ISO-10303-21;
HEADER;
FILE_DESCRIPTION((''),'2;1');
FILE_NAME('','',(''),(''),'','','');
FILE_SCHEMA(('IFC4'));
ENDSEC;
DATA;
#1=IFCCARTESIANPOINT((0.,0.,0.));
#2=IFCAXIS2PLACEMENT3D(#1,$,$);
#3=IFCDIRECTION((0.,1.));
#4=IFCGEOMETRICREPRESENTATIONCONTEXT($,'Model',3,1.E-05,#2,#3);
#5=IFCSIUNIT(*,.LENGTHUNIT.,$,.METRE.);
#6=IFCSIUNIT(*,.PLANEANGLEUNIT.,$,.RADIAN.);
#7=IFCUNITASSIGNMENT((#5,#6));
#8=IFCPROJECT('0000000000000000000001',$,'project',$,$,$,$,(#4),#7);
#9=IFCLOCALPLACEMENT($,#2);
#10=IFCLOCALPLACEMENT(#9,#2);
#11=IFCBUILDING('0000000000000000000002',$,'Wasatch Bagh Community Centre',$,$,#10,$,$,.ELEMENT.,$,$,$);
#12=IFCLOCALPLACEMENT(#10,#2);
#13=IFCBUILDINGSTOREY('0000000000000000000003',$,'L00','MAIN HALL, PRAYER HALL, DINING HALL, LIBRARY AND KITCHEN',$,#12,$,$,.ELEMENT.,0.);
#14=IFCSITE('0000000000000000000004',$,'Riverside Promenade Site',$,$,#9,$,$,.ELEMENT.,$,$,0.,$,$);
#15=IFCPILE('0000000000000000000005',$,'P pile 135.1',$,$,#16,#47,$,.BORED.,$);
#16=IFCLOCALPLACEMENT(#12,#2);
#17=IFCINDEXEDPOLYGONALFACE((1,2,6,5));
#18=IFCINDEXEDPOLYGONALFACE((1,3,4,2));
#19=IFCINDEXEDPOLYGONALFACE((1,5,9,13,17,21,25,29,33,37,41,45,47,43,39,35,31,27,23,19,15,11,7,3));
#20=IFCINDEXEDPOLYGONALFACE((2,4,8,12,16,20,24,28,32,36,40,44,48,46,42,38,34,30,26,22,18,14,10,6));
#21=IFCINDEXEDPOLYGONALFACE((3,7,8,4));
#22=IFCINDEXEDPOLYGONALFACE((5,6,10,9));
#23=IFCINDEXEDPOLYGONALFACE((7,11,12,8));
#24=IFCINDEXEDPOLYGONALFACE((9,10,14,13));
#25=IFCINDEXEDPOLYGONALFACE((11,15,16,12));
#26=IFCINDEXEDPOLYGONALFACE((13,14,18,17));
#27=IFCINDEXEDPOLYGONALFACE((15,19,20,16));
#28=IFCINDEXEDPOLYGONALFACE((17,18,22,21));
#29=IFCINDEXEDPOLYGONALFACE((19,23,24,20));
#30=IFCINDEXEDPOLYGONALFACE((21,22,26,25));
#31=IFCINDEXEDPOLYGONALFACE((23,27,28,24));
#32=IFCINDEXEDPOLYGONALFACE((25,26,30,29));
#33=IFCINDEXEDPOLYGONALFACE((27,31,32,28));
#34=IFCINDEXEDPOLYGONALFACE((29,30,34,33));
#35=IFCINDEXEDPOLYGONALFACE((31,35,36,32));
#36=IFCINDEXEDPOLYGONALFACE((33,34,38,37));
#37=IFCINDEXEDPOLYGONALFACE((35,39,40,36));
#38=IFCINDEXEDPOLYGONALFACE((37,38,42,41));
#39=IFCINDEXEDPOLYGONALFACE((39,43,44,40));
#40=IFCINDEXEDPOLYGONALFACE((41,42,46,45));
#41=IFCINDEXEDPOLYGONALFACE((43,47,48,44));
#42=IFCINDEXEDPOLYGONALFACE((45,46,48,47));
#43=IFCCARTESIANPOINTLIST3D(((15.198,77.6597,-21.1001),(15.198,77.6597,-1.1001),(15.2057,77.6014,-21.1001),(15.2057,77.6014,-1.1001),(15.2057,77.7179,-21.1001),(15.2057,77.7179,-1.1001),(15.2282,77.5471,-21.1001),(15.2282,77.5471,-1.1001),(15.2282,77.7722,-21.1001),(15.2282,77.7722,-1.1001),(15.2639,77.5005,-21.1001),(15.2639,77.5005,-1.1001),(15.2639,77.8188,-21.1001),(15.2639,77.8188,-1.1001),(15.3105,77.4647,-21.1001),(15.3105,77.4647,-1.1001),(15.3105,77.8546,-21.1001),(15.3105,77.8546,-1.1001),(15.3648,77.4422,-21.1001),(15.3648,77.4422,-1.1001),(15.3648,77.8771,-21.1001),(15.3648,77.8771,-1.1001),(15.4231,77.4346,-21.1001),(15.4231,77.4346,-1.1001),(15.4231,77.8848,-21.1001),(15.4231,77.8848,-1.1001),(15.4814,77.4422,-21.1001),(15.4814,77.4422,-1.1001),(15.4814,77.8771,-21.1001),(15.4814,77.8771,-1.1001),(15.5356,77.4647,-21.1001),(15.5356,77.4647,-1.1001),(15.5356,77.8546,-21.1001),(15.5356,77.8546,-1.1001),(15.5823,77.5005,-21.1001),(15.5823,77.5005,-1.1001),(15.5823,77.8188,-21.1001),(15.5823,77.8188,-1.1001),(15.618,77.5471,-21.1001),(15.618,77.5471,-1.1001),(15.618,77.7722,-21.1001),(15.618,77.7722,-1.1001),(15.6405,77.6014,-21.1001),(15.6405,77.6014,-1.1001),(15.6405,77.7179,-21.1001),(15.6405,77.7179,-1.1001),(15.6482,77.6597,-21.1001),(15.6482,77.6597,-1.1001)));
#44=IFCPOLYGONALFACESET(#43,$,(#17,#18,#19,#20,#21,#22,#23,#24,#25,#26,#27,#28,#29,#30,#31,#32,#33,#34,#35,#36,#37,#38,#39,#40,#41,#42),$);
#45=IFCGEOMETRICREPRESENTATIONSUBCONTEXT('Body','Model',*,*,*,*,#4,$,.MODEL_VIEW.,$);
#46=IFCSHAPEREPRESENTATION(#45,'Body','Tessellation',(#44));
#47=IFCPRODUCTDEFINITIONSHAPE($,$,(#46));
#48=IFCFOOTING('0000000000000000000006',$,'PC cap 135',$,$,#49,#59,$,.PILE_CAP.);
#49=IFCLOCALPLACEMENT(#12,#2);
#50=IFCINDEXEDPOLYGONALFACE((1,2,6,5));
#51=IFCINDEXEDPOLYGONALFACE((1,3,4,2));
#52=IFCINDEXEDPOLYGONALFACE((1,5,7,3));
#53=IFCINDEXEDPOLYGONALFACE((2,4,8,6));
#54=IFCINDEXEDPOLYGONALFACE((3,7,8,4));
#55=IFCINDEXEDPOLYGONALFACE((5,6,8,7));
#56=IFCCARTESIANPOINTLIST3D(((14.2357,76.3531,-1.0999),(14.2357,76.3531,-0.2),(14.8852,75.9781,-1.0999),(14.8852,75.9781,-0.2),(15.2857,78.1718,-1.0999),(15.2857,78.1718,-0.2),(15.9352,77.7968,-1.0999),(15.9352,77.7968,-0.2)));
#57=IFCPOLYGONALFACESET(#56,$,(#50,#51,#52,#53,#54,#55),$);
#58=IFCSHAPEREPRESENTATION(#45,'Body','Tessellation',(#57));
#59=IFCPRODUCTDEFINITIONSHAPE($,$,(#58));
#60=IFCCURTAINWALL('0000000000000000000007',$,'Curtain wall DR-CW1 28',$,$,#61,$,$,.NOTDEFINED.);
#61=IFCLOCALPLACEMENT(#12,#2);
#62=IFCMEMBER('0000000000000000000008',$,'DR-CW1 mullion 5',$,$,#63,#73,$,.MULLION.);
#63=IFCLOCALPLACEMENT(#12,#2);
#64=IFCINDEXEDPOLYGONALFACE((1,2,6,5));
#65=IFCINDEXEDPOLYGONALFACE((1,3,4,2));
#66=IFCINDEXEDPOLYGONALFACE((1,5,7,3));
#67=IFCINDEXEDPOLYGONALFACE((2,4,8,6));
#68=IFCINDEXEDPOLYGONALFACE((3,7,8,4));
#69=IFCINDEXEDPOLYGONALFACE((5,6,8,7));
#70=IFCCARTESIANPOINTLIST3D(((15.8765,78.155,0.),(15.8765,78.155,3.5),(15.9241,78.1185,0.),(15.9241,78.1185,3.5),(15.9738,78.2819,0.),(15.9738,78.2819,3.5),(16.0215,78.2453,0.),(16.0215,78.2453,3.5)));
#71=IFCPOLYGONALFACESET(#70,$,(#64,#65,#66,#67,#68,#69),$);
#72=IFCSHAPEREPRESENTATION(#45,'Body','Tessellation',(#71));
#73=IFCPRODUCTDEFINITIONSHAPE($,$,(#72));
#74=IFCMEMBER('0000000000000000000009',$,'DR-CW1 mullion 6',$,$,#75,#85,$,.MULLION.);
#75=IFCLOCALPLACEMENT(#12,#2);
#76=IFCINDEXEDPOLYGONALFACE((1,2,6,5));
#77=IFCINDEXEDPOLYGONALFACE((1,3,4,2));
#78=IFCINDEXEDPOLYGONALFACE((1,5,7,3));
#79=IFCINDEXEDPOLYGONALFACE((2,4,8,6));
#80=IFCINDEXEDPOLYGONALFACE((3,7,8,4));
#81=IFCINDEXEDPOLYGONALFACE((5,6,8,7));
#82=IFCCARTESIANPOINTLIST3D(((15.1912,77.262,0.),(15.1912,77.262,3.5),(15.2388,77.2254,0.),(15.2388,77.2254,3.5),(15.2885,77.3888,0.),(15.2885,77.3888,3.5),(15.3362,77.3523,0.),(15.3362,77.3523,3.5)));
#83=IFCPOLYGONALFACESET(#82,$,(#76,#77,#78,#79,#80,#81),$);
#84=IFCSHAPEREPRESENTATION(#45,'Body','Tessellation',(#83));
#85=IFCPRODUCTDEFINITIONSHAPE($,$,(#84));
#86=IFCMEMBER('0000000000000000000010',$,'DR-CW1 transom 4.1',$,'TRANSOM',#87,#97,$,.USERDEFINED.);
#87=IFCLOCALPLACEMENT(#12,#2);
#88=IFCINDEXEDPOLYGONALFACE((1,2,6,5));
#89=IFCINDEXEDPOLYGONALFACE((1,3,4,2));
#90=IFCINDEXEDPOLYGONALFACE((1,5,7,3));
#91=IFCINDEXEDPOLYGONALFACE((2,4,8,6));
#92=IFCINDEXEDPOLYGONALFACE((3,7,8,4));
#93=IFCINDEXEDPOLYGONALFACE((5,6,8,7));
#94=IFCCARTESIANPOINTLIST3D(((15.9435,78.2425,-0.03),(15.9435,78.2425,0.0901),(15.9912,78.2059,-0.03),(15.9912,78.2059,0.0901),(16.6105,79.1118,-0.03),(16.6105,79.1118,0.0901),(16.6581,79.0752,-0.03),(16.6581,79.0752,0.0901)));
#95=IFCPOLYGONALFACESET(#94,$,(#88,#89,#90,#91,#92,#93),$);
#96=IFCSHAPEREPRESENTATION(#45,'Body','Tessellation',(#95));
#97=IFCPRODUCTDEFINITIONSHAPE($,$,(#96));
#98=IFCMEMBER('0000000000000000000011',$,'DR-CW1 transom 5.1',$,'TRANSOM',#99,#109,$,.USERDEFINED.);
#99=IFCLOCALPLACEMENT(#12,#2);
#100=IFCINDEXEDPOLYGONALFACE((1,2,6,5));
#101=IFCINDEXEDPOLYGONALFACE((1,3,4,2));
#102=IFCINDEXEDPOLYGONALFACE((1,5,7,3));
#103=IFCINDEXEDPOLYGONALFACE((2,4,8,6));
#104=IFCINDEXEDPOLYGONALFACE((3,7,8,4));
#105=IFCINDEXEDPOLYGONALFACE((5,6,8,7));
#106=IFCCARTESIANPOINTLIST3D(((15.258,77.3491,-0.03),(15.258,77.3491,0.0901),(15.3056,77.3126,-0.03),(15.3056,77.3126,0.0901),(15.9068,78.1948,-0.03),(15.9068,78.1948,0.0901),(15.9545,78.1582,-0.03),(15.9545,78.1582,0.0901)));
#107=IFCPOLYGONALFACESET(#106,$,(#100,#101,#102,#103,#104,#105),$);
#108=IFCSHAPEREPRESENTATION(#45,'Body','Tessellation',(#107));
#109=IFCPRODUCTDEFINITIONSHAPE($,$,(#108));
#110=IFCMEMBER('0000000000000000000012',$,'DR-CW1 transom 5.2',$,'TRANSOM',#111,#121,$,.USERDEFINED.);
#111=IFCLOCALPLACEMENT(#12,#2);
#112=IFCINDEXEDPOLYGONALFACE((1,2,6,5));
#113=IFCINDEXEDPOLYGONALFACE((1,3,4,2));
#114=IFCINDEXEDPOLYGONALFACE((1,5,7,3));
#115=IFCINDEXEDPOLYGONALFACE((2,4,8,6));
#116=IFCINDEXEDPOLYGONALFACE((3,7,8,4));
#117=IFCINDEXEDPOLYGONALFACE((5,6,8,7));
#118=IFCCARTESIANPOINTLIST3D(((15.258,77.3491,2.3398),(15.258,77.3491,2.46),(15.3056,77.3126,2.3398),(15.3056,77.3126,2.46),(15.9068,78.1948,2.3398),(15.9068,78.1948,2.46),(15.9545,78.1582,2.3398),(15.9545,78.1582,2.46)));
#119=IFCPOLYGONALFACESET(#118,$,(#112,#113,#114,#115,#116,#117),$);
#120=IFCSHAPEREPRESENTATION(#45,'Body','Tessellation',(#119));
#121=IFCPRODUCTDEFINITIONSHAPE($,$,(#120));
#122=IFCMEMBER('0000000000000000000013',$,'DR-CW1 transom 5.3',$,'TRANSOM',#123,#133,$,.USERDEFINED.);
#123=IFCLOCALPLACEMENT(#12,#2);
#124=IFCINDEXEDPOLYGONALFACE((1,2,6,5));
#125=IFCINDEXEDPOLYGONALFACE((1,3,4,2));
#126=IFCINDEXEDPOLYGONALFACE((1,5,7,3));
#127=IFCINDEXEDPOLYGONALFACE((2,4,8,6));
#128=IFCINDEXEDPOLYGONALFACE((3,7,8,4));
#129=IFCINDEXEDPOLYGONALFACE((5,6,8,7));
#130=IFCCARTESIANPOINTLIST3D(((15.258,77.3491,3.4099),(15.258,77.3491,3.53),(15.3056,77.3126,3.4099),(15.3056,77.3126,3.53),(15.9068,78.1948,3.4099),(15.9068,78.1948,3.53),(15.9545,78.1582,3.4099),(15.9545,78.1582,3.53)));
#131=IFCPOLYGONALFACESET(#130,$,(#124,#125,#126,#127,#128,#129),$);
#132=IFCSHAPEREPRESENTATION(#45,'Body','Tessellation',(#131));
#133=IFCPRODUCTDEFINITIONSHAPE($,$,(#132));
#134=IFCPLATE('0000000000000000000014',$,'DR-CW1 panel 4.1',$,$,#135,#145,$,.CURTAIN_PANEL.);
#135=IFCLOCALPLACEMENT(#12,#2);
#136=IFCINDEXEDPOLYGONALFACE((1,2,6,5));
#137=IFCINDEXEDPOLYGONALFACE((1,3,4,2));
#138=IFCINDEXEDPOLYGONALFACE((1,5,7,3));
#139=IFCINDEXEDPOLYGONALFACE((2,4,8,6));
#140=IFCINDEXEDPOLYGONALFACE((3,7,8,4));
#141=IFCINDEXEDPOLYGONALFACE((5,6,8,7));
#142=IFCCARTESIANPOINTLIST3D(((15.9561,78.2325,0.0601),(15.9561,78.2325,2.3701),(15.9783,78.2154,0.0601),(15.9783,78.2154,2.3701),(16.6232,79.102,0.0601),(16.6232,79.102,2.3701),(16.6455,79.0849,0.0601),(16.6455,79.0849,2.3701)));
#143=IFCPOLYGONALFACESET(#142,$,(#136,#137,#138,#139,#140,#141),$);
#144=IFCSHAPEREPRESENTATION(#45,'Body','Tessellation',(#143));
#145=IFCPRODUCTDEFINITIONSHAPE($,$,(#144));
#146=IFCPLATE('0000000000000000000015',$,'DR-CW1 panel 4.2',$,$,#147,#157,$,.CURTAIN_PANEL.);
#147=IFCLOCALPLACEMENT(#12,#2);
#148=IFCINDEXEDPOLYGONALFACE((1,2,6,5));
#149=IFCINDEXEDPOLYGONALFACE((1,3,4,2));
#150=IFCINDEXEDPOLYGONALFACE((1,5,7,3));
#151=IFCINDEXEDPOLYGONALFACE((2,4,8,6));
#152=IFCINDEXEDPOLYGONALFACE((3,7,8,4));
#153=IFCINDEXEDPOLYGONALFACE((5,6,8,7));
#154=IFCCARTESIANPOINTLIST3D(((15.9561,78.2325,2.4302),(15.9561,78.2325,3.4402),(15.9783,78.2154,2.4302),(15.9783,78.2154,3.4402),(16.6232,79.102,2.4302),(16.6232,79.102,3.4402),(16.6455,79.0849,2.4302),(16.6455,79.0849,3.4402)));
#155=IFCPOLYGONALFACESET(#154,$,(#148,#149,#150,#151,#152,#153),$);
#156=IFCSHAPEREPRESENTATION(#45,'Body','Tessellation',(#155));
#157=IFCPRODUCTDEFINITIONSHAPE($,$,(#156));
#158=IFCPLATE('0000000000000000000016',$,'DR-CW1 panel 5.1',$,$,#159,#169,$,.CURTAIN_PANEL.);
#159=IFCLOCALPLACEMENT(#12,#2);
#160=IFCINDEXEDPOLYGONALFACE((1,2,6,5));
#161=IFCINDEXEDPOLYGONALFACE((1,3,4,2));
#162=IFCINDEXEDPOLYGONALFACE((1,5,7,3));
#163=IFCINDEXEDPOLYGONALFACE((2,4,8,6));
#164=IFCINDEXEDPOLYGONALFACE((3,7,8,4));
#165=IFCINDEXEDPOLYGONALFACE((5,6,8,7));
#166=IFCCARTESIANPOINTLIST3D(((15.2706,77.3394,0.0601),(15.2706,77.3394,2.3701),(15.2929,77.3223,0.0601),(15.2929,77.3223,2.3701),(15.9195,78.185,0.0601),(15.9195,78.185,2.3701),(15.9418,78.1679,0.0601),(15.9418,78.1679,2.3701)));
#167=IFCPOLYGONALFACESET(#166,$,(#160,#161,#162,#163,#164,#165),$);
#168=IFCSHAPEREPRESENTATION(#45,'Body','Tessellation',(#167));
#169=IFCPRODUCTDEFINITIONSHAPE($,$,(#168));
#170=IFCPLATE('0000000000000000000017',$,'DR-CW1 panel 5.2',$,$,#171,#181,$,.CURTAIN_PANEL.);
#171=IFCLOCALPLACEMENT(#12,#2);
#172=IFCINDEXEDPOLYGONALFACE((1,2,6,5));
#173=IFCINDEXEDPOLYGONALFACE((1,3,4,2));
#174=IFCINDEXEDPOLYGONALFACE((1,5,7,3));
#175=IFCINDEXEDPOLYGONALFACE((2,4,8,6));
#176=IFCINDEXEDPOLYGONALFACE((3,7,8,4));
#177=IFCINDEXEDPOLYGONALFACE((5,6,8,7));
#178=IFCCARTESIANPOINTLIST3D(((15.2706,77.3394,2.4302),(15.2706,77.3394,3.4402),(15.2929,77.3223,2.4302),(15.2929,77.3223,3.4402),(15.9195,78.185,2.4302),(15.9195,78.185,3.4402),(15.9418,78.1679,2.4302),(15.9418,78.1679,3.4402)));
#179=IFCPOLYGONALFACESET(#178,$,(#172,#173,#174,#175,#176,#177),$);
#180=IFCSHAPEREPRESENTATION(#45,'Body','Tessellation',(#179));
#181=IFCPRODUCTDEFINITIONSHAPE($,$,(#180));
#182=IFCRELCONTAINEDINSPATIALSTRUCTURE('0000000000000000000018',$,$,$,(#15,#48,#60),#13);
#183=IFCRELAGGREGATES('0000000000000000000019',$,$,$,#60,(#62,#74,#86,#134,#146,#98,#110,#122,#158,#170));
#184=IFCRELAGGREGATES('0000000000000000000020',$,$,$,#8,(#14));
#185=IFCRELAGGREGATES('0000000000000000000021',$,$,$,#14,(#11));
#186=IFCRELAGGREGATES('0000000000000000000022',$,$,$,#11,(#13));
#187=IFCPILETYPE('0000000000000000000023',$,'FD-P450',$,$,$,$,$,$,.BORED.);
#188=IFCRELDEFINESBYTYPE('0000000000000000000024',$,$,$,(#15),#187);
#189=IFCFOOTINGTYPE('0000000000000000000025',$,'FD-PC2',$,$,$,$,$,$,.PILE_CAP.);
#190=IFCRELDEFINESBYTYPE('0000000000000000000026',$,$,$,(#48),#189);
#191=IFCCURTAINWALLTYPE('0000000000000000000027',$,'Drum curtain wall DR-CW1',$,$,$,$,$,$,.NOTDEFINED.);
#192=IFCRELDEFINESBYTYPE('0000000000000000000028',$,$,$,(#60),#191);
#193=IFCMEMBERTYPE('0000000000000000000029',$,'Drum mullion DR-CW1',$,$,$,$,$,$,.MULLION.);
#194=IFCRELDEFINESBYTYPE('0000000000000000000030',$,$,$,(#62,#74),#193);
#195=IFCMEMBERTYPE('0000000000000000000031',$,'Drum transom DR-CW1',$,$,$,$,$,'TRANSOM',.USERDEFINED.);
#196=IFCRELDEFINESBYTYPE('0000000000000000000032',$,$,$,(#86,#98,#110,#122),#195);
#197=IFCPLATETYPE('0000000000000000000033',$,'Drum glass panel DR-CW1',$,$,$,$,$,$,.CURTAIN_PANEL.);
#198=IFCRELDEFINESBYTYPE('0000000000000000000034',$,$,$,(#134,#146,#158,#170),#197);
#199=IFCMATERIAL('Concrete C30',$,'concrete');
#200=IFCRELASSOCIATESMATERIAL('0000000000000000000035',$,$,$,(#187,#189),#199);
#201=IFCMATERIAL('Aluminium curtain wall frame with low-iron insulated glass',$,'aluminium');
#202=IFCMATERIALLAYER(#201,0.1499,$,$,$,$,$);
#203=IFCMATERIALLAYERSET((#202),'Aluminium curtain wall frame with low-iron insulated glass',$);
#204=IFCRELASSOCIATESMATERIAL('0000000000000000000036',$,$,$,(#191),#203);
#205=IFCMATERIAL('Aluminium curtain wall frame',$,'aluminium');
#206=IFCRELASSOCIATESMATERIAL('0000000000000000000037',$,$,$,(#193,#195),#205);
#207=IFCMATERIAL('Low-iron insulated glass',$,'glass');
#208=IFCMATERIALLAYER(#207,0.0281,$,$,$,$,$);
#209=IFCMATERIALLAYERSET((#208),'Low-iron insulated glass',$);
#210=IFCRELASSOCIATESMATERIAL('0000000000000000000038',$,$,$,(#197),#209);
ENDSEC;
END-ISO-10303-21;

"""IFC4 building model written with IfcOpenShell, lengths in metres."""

from ifc_helpers import new_model, si_unit, direction, frame, origin, origin_2d, place, context, subcontext, project, spatial, rectangle, circle, extrude, material, layer, layer_set, material_profile, profile_set, type_object, element, aggregate, save


model = new_model("IFC4")

# Units and contexts
model_context = context("Model", 3, precision=1e-05, world=origin(), true_north=direction((0.0, 1.0)))
body_context = subcontext(model_context, "Body", "Model", "MODEL_VIEW")
ifc_project = project(units=[si_unit("LENGTHUNIT", "METRE"), si_unit("PLANEANGLEUNIT", "RADIAN")], contexts=[model_context])

# Site, building, storey
site_placement = place(None, origin())
site = spatial("IfcSite", under=ifc_project, at=site_placement, Name="Riverside Promenade Site", CompositionType="ELEMENT", RefElevation=0.0)
building_placement = place(site_placement, origin())
building = spatial("IfcBuilding", under=site, at=building_placement, Name="Wasatch Bagh Community Centre", CompositionType="ELEMENT")
storey_placement = place(building_placement, origin())
storey = spatial("IfcBuildingStorey", under=building, at=storey_placement, Name="L00", Description="MAIN HALL, PRAYER HALL, DINING HALL, LIBRARY AND KITCHEN", CompositionType="ELEMENT", Elevation=0.0)

# Pile
ifc_material_1 = material(Name="Concrete C30", Category="concrete")
ifc_material_profile_1 = material_profile(ifc_material_1, circle(Radius=0.2251, at=origin_2d()), Name="RC D450")
ifc_profile_set_1 = profile_set([ifc_material_profile_1], Name="Concrete C30")
pile_type = type_object("IfcPileType", Name="FD-P450", PredefinedType="BORED", material=ifc_profile_set_1)
pile_placement = place(storey_placement, frame((15.4231, 77.6597, -1.1001), z_axis=(0.0, 0.0, -1.0), x_axis=(1.0, 0.0, 0.0)))
element("IfcPile", 1, at=pile_placement, inside=storey, type_object=pile_type, Name="P pile 135.1", PredefinedType="BORED", context=body_context, shape_type="SweptSolid", body=[
    extrude(circle(Radius=0.2251, at=origin_2d()), origin(), (0.0, 0.0, 1.0), 20.0),
])

# Footing
footing_type = type_object("IfcFootingType", Name="FD-PC2", PredefinedType="PILE_CAP", material=ifc_material_1)
footing_placement = place(storey_placement, frame((15.0854, 77.075, -1.0999), z_axis=(0.0, 0.0, 1.0), x_axis=(-0.5, -0.866025, 0.0)))
element("IfcFooting", 2, at=footing_placement, inside=storey, type_object=footing_type, Name="PC cap 135", PredefinedType="PILE_CAP", context=body_context, shape_type="SweptSolid", body=[
    extrude(rectangle(XDim=2.1001, YDim=0.75, at=origin_2d()), origin(), (0.0, 0.0, 1.0), 0.8999),
])

# Curtain wall, members, plates
ifc_material_2 = material(Name="Aluminium curtain wall frame with low-iron insulated glass", Category="aluminium")
ifc_layer_1 = layer(ifc_material_2, 0.1499)
ifc_layer_set_1 = layer_set([ifc_layer_1], Name="Aluminium curtain wall frame with low-iron insulated glass")
curtain_wall_type = type_object("IfcCurtainWallType", Name="Drum curtain wall DR-CW1", PredefinedType="NOTDEFINED", material=ifc_layer_set_1)
curtain_wall_placement = place(storey_placement, origin())
curtain_wall = element("IfcCurtainWall", 3, at=curtain_wall_placement, inside=storey, type_object=curtain_wall_type, Name="Curtain wall DR-CW1 28", PredefinedType="NOTDEFINED")
ifc_material_3 = material(Name="Aluminium curtain wall frame", Category="aluminium")
ifc_material_profile_2 = material_profile(ifc_material_3, rectangle(XDim=0.0601, YDim=0.1599, at=origin_2d()), Name="Drum mullion DR-CW1")
ifc_profile_set_2 = profile_set([ifc_material_profile_2], Name="Aluminium curtain wall frame")
member_type_1 = type_object("IfcMemberType", Name="Drum mullion DR-CW1", PredefinedType="MULLION", material=ifc_profile_set_2)
member_1_placement = place(storey_placement, frame((15.949, 78.2002, 0.0), z_axis=(0.0, 0.0, 1.0), x_axis=(0.793353, -0.608761, 0.0)))
member_1 = element("IfcMember", 4, at=member_1_placement, type_object=member_type_1, Name="DR-CW1 mullion 5", PredefinedType="MULLION", context=body_context, shape_type="SweptSolid", body=[
    extrude(rectangle(XDim=0.0601, YDim=0.1599, at=origin_2d()), origin(), (0.0, 0.0, 1.0), 3.5),
])
member_2_placement = place(storey_placement, frame((15.2637, 77.3071, 0.0), z_axis=(0.0, 0.0, 1.0), x_axis=(0.793353, -0.608761, 0.0)))
member_2 = element("IfcMember", 5, at=member_2_placement, type_object=member_type_1, Name="DR-CW1 mullion 6", PredefinedType="MULLION", context=body_context, shape_type="SweptSolid", body=[
    extrude(rectangle(XDim=0.0601, YDim=0.1599, at=origin_2d()), origin(), (0.0, 0.0, 1.0), 3.5),
])
ifc_material_profile_3 = material_profile(ifc_material_3, rectangle(XDim=0.0601, YDim=0.1201, at=origin_2d()), Name="Drum transom DR-CW1")
ifc_profile_set_3 = profile_set([ifc_material_profile_3], Name="Aluminium curtain wall frame")
member_type_2 = type_object("IfcMemberType", Name="Drum transom DR-CW1", ElementType="TRANSOM", PredefinedType="USERDEFINED", material=ifc_profile_set_3)
member_3_placement = place(storey_placement, frame((16.6343, 79.0935, 0.03), z_axis=(-0.608698, -0.793402, 0.0), x_axis=(0.793402, -0.608698, 0.0)))
member_3 = element("IfcMember", 6, at=member_3_placement, type_object=member_type_2, Name="DR-CW1 transom 4.1", ObjectType="TRANSOM", PredefinedType="USERDEFINED", context=body_context, shape_type="SweptSolid", body=[
    extrude(rectangle(XDim=0.0601, YDim=0.1201, at=origin_2d()), origin(), (0.0, 0.0, 1.0), 1.0957),
])
member_4_placement = place(storey_placement, frame((15.9307, 78.1765, 0.03), z_axis=(-0.608758, -0.793356, 0.0), x_axis=(0.793356, -0.608758, 0.0)))
member_4 = element("IfcMember", 7, at=member_4_placement, type_object=member_type_2, Name="DR-CW1 transom 5.1", ObjectType="TRANSOM", PredefinedType="USERDEFINED", context=body_context, shape_type="SweptSolid", body=[
    extrude(rectangle(XDim=0.0601, YDim=0.1201, at=origin_2d()), origin(), (0.0, 0.0, 1.0), 1.0659),
])
member_5_placement = place(storey_placement, frame((15.9307, 78.1765, 2.3999), z_axis=(-0.608758, -0.793356, 0.0), x_axis=(0.793356, -0.608758, 0.0)))
member_5 = element("IfcMember", 8, at=member_5_placement, type_object=member_type_2, Name="DR-CW1 transom 5.2", ObjectType="TRANSOM", PredefinedType="USERDEFINED", context=body_context, shape_type="SweptSolid", body=[
    extrude(rectangle(XDim=0.0601, YDim=0.1201, at=origin_2d()), origin(), (0.0, 0.0, 1.0), 1.0659),
])
member_6_placement = place(storey_placement, frame((15.9307, 78.1765, 3.47), z_axis=(-0.608758, -0.793356, 0.0), x_axis=(0.793356, -0.608758, 0.0)))
member_6 = element("IfcMember", 9, at=member_6_placement, type_object=member_type_2, Name="DR-CW1 transom 5.3", ObjectType="TRANSOM", PredefinedType="USERDEFINED", context=body_context, shape_type="SweptSolid", body=[
    extrude(rectangle(XDim=0.0601, YDim=0.1201, at=origin_2d()), origin(), (0.0, 0.0, 1.0), 1.0659),
])
ifc_material_4 = material(Name="Low-iron insulated glass", Category="glass")
ifc_layer_2 = layer(ifc_material_4, 0.0281)
ifc_layer_set_2 = layer_set([ifc_layer_2], Name="Low-iron insulated glass")
plate_type = type_object("IfcPlateType", Name="Drum glass panel DR-CW1", PredefinedType="CURTAIN_PANEL", material=ifc_layer_set_2)
plate_1_placement = place(storey_placement, frame((16.3008, 78.6587, 0.0601), z_axis=(0.0, 0.0, 1.0), x_axis=(-0.608761, -0.793353, 0.0)))
plate_1 = element("IfcPlate", 10, at=plate_1_placement, type_object=plate_type, Name="DR-CW1 panel 4.1", PredefinedType="CURTAIN_PANEL", context=body_context, shape_type="SweptSolid", body=[
    extrude(rectangle(XDim=1.0959, YDim=0.0281, at=origin_2d()), origin(), (0.0, 0.0, 1.0), 2.3101),
])
plate_2_placement = place(storey_placement, frame((16.3008, 78.6587, 2.4302), z_axis=(0.0, 0.0, 1.0), x_axis=(-0.608761, -0.793353, 0.0)))
plate_2 = element("IfcPlate", 11, at=plate_2_placement, type_object=plate_type, Name="DR-CW1 panel 4.2", PredefinedType="CURTAIN_PANEL", context=body_context, shape_type="SweptSolid", body=[
    extrude(rectangle(XDim=1.0959, YDim=0.0281, at=origin_2d()), origin(), (0.0, 0.0, 1.0), 1.01),
])
plate_3_placement = place(storey_placement, frame((15.6062, 77.7537, 0.0601), z_axis=(0.0, 0.0, 1.0), x_axis=(-0.608761, -0.793353, 0.0)))
plate_3 = element("IfcPlate", 12, at=plate_3_placement, type_object=plate_type, Name="DR-CW1 panel 5.1", PredefinedType="CURTAIN_PANEL", context=body_context, shape_type="SweptSolid", body=[
    extrude(rectangle(XDim=1.0659, YDim=0.0281, at=origin_2d()), origin(), (0.0, 0.0, 1.0), 2.3101),
])
plate_4_placement = place(storey_placement, frame((15.6062, 77.7537, 2.4302), z_axis=(0.0, 0.0, 1.0), x_axis=(-0.608761, -0.793353, 0.0)))
plate_4 = element("IfcPlate", 13, at=plate_4_placement, type_object=plate_type, Name="DR-CW1 panel 5.2", PredefinedType="CURTAIN_PANEL", context=body_context, shape_type="SweptSolid", body=[
    extrude(rectangle(XDim=1.0659, YDim=0.0281, at=origin_2d()), origin(), (0.0, 0.0, 1.0), 1.01),
])
aggregate(curtain_wall, [member_1, member_2, member_3, plate_1, plate_2, member_4, member_5, member_6, plate_3, plate_4])

save(model, "model.ifc")
